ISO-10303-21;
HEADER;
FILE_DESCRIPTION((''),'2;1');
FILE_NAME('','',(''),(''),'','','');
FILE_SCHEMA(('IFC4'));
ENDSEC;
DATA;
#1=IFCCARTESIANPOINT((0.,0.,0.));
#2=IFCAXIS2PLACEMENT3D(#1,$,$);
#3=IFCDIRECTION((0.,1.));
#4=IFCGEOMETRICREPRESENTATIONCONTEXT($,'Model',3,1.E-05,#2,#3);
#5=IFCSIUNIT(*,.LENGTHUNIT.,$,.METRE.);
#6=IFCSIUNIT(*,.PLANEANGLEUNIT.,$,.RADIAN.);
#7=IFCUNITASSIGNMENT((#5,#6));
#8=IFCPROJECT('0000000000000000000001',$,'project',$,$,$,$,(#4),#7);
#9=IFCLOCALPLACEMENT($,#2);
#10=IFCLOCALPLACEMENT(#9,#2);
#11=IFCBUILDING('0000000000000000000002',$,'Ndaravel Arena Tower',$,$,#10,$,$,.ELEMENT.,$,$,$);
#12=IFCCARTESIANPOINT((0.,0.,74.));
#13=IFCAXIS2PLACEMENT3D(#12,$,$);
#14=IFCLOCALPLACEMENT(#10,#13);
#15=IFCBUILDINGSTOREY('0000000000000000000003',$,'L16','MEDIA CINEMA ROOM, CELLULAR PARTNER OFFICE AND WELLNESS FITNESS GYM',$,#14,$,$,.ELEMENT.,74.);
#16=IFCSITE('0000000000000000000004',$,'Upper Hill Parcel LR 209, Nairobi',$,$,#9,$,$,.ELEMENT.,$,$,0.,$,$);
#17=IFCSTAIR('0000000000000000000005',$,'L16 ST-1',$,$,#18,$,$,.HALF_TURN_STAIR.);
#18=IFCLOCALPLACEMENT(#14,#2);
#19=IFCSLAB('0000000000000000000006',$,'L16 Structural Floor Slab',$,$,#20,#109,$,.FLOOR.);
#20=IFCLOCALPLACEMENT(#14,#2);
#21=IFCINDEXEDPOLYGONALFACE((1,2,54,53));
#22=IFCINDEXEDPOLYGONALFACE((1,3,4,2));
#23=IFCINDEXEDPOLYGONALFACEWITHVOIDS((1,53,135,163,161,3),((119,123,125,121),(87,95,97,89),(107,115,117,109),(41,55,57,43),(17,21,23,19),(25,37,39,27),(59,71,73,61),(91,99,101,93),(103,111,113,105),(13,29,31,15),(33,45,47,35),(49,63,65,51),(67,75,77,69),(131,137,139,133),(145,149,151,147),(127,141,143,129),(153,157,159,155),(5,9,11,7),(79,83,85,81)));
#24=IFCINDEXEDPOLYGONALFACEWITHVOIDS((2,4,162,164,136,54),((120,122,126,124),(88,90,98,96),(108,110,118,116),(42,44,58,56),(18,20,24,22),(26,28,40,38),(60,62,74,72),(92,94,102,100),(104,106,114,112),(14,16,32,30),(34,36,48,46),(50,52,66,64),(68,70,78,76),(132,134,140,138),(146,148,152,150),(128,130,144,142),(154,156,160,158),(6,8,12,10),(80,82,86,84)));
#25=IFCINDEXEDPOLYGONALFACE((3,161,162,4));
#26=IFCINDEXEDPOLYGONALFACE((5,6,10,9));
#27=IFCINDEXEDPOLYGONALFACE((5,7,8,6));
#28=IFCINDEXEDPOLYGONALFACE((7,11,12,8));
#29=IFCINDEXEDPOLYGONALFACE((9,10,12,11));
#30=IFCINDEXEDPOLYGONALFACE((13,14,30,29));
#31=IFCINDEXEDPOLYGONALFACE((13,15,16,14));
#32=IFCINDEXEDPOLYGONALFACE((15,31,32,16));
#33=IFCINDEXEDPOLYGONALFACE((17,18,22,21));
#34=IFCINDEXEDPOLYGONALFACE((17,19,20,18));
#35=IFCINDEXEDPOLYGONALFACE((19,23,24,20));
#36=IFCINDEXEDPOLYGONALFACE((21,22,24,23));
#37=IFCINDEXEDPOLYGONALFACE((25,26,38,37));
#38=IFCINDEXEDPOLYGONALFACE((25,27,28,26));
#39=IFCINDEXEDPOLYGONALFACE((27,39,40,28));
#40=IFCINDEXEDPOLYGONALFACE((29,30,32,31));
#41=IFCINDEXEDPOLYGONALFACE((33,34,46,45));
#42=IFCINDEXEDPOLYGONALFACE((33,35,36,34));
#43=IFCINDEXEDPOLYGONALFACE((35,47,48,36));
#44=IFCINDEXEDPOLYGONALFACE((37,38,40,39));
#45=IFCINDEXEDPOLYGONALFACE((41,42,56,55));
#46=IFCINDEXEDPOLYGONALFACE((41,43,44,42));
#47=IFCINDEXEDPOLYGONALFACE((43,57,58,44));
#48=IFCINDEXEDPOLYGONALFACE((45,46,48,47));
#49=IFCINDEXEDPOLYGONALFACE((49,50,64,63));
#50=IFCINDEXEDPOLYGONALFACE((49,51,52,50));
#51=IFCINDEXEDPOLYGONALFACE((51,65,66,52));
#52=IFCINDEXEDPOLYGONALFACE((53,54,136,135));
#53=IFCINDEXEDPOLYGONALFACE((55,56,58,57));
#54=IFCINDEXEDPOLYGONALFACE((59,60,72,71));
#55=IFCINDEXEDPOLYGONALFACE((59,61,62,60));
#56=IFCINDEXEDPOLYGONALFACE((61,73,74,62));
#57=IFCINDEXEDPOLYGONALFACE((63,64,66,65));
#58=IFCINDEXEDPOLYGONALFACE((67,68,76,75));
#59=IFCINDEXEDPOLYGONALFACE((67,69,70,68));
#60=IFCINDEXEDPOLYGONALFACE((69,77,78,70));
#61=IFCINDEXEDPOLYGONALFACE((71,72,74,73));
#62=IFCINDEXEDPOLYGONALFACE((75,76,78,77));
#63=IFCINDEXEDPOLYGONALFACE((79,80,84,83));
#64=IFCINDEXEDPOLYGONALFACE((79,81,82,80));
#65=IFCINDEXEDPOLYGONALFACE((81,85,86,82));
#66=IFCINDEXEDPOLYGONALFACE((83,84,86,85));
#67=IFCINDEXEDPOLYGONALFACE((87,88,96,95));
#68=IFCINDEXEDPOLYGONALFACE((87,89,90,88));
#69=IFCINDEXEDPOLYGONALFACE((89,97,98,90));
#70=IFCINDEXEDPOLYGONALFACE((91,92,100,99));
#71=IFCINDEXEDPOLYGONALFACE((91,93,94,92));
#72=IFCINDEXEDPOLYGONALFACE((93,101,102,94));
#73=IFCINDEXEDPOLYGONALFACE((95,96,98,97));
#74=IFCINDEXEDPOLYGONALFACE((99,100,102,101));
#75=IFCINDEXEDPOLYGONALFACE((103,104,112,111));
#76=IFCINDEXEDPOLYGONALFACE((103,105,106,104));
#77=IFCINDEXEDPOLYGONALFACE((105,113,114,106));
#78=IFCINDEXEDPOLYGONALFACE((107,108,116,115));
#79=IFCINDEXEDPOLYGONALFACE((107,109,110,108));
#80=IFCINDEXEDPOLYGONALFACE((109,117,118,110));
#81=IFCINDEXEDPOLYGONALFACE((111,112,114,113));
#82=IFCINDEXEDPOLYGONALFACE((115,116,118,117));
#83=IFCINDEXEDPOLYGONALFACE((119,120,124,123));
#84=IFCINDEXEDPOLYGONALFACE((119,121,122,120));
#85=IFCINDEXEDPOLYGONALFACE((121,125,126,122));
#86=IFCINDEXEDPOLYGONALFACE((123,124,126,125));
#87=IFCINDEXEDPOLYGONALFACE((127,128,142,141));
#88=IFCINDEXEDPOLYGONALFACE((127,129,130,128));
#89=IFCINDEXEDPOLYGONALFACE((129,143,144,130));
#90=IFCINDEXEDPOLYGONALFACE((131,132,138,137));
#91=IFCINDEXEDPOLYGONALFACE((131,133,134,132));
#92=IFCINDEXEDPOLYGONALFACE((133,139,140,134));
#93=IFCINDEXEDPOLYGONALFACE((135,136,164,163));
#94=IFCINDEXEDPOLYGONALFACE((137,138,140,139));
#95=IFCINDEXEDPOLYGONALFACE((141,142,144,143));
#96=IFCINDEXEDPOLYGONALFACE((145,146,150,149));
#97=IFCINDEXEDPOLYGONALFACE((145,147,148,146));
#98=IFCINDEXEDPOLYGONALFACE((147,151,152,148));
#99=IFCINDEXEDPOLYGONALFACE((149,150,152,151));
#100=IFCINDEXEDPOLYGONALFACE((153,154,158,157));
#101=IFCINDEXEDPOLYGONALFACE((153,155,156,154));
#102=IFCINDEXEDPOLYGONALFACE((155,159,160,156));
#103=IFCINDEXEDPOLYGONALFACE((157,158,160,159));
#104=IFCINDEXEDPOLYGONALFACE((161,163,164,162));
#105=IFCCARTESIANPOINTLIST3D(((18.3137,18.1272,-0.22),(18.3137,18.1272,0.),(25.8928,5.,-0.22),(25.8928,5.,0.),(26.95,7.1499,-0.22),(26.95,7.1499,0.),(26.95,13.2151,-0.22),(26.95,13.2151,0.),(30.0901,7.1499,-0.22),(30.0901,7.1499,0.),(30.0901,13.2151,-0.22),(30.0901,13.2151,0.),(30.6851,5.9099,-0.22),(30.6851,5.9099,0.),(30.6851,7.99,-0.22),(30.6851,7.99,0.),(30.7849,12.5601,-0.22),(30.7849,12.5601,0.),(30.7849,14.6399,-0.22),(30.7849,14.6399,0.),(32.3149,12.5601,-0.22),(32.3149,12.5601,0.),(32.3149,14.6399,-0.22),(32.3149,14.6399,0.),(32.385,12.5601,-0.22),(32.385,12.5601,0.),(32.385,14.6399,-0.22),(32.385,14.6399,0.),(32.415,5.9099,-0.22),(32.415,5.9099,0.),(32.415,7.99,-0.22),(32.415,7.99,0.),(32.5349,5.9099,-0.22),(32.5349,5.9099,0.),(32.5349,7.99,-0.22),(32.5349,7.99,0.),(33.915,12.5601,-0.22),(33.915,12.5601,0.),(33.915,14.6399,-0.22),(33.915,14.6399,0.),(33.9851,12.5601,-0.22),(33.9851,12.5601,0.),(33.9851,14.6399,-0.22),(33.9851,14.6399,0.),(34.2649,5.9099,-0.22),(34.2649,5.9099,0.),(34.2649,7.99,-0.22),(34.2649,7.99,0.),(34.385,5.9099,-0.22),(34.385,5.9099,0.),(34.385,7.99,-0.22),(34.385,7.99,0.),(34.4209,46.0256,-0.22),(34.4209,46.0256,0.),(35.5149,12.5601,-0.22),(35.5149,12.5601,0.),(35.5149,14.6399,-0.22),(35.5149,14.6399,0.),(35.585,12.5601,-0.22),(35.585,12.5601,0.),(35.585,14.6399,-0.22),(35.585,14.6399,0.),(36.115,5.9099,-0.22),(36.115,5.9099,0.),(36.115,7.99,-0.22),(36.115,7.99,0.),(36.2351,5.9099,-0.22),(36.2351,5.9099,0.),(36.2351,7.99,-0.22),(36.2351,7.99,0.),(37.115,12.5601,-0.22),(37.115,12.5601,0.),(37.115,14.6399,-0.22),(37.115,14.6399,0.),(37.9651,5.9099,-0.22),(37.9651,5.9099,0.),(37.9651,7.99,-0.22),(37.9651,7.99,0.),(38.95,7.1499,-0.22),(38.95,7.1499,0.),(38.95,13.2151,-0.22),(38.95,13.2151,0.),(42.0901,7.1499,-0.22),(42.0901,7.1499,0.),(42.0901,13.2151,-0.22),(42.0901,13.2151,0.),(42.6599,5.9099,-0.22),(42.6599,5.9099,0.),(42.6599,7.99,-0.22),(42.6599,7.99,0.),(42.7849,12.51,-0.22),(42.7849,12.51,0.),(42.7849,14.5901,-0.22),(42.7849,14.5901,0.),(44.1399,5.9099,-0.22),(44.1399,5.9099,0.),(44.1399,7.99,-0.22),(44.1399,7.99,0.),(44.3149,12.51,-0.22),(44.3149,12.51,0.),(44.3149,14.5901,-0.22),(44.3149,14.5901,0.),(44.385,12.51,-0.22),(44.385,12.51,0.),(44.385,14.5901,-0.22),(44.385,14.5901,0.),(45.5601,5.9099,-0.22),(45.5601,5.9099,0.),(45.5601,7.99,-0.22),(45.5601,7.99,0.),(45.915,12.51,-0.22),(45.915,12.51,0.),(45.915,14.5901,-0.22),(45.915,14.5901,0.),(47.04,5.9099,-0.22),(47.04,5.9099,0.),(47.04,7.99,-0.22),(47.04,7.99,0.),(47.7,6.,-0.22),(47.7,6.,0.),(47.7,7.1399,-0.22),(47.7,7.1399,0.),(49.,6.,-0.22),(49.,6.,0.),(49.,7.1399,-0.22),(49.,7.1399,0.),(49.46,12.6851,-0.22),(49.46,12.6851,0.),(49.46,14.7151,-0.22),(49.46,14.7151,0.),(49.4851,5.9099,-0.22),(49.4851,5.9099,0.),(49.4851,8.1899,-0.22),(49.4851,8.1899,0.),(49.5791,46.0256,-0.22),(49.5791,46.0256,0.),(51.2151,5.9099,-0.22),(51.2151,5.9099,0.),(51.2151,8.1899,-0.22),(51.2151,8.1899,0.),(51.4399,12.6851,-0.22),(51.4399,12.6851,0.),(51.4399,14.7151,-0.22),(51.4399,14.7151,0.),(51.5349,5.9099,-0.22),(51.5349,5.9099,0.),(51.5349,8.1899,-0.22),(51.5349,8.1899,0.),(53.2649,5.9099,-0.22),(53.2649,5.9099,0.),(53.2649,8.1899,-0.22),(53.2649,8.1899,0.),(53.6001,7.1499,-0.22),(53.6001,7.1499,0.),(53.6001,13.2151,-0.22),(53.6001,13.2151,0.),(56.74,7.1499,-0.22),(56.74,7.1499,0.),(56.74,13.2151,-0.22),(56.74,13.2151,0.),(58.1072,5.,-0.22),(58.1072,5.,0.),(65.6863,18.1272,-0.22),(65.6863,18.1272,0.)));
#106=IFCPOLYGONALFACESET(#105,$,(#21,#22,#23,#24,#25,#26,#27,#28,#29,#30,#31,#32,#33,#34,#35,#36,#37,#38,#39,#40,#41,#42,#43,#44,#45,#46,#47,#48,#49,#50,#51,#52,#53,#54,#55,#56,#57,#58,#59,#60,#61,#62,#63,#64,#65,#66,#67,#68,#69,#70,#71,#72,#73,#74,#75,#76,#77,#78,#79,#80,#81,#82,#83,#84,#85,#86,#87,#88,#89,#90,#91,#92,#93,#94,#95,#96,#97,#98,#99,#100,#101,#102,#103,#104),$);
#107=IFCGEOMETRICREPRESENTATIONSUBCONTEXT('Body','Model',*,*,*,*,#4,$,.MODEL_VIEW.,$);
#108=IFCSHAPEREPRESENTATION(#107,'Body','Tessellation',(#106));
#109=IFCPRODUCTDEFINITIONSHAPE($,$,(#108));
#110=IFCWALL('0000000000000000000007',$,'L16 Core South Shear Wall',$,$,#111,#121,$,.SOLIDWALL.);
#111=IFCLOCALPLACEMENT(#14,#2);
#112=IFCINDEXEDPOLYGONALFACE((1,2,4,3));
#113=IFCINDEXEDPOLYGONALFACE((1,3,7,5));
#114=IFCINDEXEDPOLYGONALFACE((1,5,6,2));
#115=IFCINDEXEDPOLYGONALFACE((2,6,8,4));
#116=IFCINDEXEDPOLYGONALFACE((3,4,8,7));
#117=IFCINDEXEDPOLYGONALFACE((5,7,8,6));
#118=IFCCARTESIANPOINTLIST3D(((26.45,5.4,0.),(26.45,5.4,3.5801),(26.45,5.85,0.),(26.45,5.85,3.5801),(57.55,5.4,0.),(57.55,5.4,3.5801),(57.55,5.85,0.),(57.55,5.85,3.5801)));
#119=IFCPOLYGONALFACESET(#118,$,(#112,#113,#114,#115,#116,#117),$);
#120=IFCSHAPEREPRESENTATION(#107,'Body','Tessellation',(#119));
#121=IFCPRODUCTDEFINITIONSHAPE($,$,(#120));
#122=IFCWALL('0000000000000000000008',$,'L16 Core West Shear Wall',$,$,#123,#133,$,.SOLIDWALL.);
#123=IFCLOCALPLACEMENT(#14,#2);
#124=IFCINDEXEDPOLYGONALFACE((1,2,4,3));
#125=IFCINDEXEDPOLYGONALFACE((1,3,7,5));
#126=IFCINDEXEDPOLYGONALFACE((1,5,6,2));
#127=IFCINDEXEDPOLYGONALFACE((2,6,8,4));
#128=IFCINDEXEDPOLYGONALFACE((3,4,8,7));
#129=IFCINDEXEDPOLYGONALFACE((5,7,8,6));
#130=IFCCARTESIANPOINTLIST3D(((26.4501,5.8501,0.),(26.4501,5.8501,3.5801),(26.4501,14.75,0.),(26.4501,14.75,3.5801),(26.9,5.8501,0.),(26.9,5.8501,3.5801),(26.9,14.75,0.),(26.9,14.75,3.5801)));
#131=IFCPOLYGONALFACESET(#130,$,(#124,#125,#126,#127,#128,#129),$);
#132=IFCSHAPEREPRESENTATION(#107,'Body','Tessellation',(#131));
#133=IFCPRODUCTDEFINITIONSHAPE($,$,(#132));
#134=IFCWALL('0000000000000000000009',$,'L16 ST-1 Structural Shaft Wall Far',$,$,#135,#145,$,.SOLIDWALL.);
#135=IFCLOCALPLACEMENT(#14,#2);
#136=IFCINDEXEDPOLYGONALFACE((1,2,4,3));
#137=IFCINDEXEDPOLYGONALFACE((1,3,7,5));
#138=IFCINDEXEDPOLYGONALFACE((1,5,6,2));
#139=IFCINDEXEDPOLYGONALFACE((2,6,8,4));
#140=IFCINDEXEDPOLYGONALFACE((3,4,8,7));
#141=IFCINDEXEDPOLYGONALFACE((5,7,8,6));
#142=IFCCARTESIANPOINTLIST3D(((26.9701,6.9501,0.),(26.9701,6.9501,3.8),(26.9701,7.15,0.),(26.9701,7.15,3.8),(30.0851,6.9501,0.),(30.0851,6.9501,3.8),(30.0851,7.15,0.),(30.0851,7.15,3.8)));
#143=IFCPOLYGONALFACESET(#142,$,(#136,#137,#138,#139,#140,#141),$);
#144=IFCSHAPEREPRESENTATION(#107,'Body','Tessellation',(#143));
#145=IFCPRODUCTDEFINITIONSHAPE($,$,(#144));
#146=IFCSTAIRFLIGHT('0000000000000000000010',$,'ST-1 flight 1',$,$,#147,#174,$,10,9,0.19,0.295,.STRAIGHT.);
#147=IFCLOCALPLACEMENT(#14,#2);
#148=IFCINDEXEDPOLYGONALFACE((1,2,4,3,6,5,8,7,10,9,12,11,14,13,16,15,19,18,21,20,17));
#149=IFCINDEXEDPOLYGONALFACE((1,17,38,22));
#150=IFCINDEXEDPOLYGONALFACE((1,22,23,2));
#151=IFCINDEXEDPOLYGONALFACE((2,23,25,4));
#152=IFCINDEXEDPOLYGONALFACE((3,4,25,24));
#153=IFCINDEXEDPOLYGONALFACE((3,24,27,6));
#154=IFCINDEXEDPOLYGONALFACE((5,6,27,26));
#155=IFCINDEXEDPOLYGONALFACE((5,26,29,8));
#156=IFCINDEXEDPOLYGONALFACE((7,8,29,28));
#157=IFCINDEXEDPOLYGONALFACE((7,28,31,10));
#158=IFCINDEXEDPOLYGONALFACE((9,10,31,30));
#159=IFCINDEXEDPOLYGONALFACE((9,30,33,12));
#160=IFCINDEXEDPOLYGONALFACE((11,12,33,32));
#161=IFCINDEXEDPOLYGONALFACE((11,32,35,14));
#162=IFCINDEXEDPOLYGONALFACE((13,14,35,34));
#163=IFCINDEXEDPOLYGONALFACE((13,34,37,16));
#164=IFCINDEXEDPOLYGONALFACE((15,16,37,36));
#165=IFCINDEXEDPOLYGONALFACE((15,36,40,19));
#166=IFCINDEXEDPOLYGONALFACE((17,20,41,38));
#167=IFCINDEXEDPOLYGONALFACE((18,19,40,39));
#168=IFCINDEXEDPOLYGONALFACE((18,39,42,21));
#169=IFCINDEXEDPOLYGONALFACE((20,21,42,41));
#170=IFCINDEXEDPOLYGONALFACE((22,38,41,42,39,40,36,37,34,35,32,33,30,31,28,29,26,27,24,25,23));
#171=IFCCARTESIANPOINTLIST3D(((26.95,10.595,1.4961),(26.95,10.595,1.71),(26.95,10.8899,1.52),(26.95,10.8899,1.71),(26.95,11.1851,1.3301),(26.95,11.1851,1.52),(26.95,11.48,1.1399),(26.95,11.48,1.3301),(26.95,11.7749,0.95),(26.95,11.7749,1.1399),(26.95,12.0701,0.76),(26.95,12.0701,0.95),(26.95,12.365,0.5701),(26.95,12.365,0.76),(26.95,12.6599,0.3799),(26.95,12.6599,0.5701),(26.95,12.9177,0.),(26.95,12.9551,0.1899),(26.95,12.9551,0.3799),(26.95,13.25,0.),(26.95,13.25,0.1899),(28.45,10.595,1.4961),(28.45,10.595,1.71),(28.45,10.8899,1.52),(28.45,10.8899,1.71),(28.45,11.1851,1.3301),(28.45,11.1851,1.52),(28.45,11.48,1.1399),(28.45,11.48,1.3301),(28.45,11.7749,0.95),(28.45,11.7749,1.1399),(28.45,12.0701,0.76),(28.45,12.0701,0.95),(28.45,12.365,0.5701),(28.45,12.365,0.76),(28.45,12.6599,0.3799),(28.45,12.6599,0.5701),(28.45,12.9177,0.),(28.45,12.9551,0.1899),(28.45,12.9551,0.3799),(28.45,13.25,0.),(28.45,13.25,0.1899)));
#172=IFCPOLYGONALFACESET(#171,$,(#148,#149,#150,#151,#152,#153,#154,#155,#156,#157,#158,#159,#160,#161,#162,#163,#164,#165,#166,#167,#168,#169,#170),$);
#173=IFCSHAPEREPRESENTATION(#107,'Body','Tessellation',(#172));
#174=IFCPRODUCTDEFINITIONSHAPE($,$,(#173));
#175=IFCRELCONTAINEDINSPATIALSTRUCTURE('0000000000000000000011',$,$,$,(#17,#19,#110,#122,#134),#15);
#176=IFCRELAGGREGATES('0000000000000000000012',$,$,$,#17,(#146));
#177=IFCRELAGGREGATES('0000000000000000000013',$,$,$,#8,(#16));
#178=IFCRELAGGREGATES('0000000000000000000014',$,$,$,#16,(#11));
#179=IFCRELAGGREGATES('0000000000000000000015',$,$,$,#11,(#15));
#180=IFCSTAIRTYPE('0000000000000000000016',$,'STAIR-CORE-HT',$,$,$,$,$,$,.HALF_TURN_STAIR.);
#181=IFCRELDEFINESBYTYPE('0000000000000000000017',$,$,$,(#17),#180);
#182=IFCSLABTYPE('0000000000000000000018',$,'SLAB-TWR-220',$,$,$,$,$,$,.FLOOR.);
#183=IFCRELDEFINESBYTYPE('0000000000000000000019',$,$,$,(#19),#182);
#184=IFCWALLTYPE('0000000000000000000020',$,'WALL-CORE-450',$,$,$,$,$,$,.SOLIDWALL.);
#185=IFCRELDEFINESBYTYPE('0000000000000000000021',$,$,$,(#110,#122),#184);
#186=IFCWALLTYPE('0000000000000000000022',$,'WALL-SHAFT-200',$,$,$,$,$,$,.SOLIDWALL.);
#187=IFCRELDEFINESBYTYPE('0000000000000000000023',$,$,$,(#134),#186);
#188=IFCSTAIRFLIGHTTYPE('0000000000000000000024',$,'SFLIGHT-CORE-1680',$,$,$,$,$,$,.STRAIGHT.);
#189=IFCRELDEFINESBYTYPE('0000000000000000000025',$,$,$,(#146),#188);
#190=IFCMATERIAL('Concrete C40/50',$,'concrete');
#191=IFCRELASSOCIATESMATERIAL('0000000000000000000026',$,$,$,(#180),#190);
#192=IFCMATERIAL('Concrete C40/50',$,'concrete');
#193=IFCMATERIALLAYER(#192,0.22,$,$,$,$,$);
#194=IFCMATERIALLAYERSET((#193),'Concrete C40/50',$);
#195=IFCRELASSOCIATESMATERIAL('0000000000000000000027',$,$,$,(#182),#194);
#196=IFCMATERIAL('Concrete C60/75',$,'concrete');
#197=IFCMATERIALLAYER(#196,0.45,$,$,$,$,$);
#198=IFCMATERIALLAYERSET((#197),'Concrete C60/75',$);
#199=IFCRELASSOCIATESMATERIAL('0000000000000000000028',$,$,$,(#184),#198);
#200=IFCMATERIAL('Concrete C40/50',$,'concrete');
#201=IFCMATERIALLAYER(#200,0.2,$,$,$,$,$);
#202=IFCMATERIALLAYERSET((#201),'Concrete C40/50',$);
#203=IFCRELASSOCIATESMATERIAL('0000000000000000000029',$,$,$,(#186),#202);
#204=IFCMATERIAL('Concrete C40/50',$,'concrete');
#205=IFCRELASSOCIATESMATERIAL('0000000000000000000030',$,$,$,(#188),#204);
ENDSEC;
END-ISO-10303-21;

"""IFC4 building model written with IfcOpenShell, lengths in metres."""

from ifc_helpers import new_model, si_unit, direction, frame, frame_2d, origin, place, context, subcontext, project, spatial, polyline, rectangle, outline, extrude, material, layer, layer_set, type_object, element, aggregate, save


model = new_model("IFC4")

# Units and contexts
model_context = context("Model", 3, precision=1e-05, world=origin(), true_north=direction((0.0, 1.0)))
body_context = subcontext(model_context, "Body", "Model", "MODEL_VIEW")
ifc_project = project(units=[si_unit("LENGTHUNIT", "METRE"), si_unit("PLANEANGLEUNIT", "RADIAN")], contexts=[model_context])

# Site, building, storey
site_placement = place(None, origin())
site = spatial("IfcSite", under=ifc_project, at=site_placement, Name="Upper Hill Parcel LR 209, Nairobi", CompositionType="ELEMENT", RefElevation=0.0)
building_placement = place(site_placement, origin())
building = spatial("IfcBuilding", under=site, at=building_placement, Name="Ndaravel Arena Tower", CompositionType="ELEMENT")
storey_placement = place(building_placement, frame((0.0, 0.0, 74.0)))
storey = spatial("IfcBuildingStorey", under=building, at=storey_placement, Name="L16", Description="MEDIA CINEMA ROOM, CELLULAR PARTNER OFFICE AND WELLNESS FITNESS GYM", CompositionType="ELEMENT", Elevation=74.0)

# Stair
ifc_material_1 = material(Name="Concrete C40/50", Category="concrete")
stair_type = type_object("IfcStairType", Name="STAIR-CORE-HT", PredefinedType="HALF_TURN_STAIR", material=ifc_material_1)
stair_1_placement = place(storey_placement, origin())
stair_1 = element("IfcStair", 1, at=stair_1_placement, inside=storey, type_object=stair_type, Name="L16 ST-1", PredefinedType="HALF_TURN_STAIR")

# Slab
ifc_material_2 = material(Name="Concrete C40/50", Category="concrete")
ifc_layer_1 = layer(ifc_material_2, 0.22)
ifc_layer_set_1 = layer_set([ifc_layer_1], Name="Concrete C40/50")
slab_type_1 = type_object("IfcSlabType", Name="SLAB-TWR-220", PredefinedType="FLOOR", material=ifc_layer_set_1)
slab_1_placement = place(storey_placement, frame((0.0, 0.0, -0.22)))
element("IfcSlab", 2, at=slab_1_placement, inside=storey, type_object=slab_type_1, Name="L16 Structural Floor Slab", PredefinedType="FLOOR", context=body_context, shape_type="SweptSolid", body=[
    extrude(outline(polyline([(18.3137, 18.1272), (25.8928, 5.0), (58.1072, 5.0), (65.6863, 18.1272), (49.5791, 46.0256), (34.4209, 46.0256), (18.3137, 18.1272)]), holes=[polyline([(26.95, 13.2151), (26.95, 7.1499), (30.0901, 7.1499), (30.0901, 13.2151), (26.95, 13.2151)]), polyline([(38.95, 13.2151), (38.95, 7.1499), (42.0901, 7.1499), (42.0901, 13.2151), (38.95, 13.2151)]), polyline([(53.6001, 13.2151), (53.6001, 7.1499), (56.74, 7.1499), (56.74, 13.2151), (53.6001, 13.2151)]), polyline([(30.6851, 5.9099), (32.415, 5.9099), (32.415, 7.99), (30.6851, 7.99), (30.6851, 5.9099)]), polyline([(32.5349, 5.9099), (34.2649, 5.9099), (34.2649, 7.99), (32.5349, 7.99), (32.5349, 5.9099)]), polyline([(34.385, 5.9099), (36.115, 5.9099), (36.115, 7.99), (34.385, 7.99), (34.385, 5.9099)]), polyline([(36.2351, 5.9099), (37.9651, 5.9099), (37.9651, 7.99), (36.2351, 7.99), (36.2351, 5.9099)]), polyline([(30.7849, 12.5601), (32.3149, 12.5601), (32.3149, 14.6399), (30.7849, 14.6399), (30.7849, 12.5601)]), polyline([(32.385, 12.5601), (33.915, 12.5601), (33.915, 14.6399), (32.385, 14.6399), (32.385, 12.5601)]), polyline([(33.9851, 12.5601), (35.5149, 12.5601), (35.5149, 14.6399), (33.9851, 14.6399), (33.9851, 12.5601)]), polyline([(35.585, 12.5601), (37.115, 12.5601), (37.115, 14.6399), (35.585, 14.6399), (35.585, 12.5601)]), polyline([(42.6599, 5.9099), (44.1399, 5.9099), (44.1399, 7.99), (42.6599, 7.99), (42.6599, 5.9099)]), polyline([(45.5601, 5.9099), (47.04, 5.9099), (47.04, 7.99), (45.5601, 7.99), (45.5601, 5.9099)]), polyline([(42.7849, 12.51), (44.3149, 12.51), (44.3149, 14.5901), (42.7849, 14.5901), (42.7849, 12.51)]), polyline([(44.385, 12.51), (45.915, 12.51), (45.915, 14.5901), (44.385, 14.5901), (44.385, 12.51)]), polyline([(49.4851, 5.9099), (51.2151, 5.9099), (51.2151, 8.1899), (49.4851, 8.1899), (49.4851, 5.9099)]), polyline([(51.5349, 5.9099), (53.2649, 5.9099), (53.2649, 8.1899), (51.5349, 8.1899), (51.5349, 5.9099)]), polyline([(49.46, 12.6851), (51.4399, 12.6851), (51.4399, 14.7151), (49.46, 14.7151), (49.46, 12.6851)]), polyline([(47.7, 6.0), (49.0, 6.0), (49.0, 7.1399), (47.7, 7.1399), (47.7, 6.0)])]), origin(), (0.0, 0.0, 1.0), 0.22),
])

# Walls
ifc_material_3 = material(Name="Concrete C60/75", Category="concrete")
ifc_layer_2 = layer(ifc_material_3, 0.45)
ifc_layer_set_2 = layer_set([ifc_layer_2], Name="Concrete C60/75")
wall_type_1 = type_object("IfcWallType", Name="WALL-CORE-450", PredefinedType="SOLIDWALL", material=ifc_layer_set_2)
wall_1_placement = place(storey_placement, frame((26.45, 5.625, 0.0), z_axis=(0.0, 0.0, 1.0), x_axis=(1.0, 0.0, 0.0)))
element("IfcWall", 3, at=wall_1_placement, inside=storey, type_object=wall_type_1, Name="L16 Core South Shear Wall", PredefinedType="SOLIDWALL", context=body_context, shape_type="SweptSolid", body=[
    extrude(rectangle(XDim=31.1001, YDim=0.45, at=frame_2d((15.55, 0.0))), origin(), (0.0, 0.0, 1.0), 3.5801),
])
wall_2_placement = place(storey_placement, frame((26.675, 5.8501, 0.0), z_axis=(0.0, 0.0, 1.0), x_axis=(0.0, 1.0, 0.0)))
element("IfcWall", 4, at=wall_2_placement, inside=storey, type_object=wall_type_1, Name="L16 Core West Shear Wall", PredefinedType="SOLIDWALL", context=body_context, shape_type="SweptSolid", body=[
    extrude(rectangle(XDim=8.8999, YDim=0.45, at=frame_2d((4.45, 0.0))), origin(), (0.0, 0.0, 1.0), 3.5801),
])
ifc_material_4 = material(Name="Concrete C40/50", Category="concrete")
ifc_layer_3 = layer(ifc_material_4, 0.2)
ifc_layer_set_3 = layer_set([ifc_layer_3], Name="Concrete C40/50")
wall_type_2 = type_object("IfcWallType", Name="WALL-SHAFT-200", PredefinedType="SOLIDWALL", material=ifc_layer_set_3)
wall_3_placement = place(storey_placement, frame((26.97, 7.05, 0.0), z_axis=(0.0, 0.0, 1.0), x_axis=(1.0, 0.0, 0.0)))
element("IfcWall", 5, at=wall_3_placement, inside=storey, type_object=wall_type_2, Name="L16 ST-1 Structural Shaft Wall Far", PredefinedType="SOLIDWALL", context=body_context, shape_type="SweptSolid", body=[
    extrude(rectangle(XDim=3.115, YDim=0.2, at=frame_2d((1.5576, 0.0))), origin(), (0.0, 0.0, 1.0), 3.8),
])

# Stair flight
ifc_material_5 = material(Name="Concrete C40/50", Category="concrete")
stair_flight_type = type_object("IfcStairFlightType", Name="SFLIGHT-CORE-1680", PredefinedType="STRAIGHT", material=ifc_material_5)
stair_flight_1_placement = place(storey_placement, frame((27.7, 13.25, 0.0), z_axis=(0.0, 0.0, 1.0), x_axis=(0.0, -1.0, 0.0)))
stair_flight_1 = element("IfcStairFlight", 6, at=stair_flight_1_placement, type_object=stair_flight_type, Name="ST-1 flight 1", NumberOfRisers=10, NumberOfTreads=9, PredefinedType="STRAIGHT", RiserHeight=0.19, TreadLength=0.295, context=body_context, shape_type="SweptSolid", body=[
    extrude(outline(polyline([(0.0, 0.0), (0.0, 0.1899), (0.2949, 0.1899), (0.2949, 0.3799), (0.5901, 0.3799), (0.5901, 0.5701), (0.885, 0.5701), (0.885, 0.76), (1.1799, 0.76), (1.1799, 0.95), (1.4751, 0.95), (1.4751, 1.1399), (1.77, 1.1399), (1.77, 1.3301), (2.0649, 1.3301), (2.0649, 1.52), (2.3601, 1.52), (2.3601, 1.71), (2.655, 1.71), (2.655, 1.8999), (2.655, 1.4961), (0.3323, 0.0), (0.0, 0.0)])), frame((0.0, 0.75, 0.0), z_axis=(0.0, -1.0, 0.0), x_axis=(1.0, 0.0, 0.0)), (0.0, 0.0, 1.0), 1.5),
])
aggregate(stair_1, [stair_flight_1])

save(model, "model.ifc")
